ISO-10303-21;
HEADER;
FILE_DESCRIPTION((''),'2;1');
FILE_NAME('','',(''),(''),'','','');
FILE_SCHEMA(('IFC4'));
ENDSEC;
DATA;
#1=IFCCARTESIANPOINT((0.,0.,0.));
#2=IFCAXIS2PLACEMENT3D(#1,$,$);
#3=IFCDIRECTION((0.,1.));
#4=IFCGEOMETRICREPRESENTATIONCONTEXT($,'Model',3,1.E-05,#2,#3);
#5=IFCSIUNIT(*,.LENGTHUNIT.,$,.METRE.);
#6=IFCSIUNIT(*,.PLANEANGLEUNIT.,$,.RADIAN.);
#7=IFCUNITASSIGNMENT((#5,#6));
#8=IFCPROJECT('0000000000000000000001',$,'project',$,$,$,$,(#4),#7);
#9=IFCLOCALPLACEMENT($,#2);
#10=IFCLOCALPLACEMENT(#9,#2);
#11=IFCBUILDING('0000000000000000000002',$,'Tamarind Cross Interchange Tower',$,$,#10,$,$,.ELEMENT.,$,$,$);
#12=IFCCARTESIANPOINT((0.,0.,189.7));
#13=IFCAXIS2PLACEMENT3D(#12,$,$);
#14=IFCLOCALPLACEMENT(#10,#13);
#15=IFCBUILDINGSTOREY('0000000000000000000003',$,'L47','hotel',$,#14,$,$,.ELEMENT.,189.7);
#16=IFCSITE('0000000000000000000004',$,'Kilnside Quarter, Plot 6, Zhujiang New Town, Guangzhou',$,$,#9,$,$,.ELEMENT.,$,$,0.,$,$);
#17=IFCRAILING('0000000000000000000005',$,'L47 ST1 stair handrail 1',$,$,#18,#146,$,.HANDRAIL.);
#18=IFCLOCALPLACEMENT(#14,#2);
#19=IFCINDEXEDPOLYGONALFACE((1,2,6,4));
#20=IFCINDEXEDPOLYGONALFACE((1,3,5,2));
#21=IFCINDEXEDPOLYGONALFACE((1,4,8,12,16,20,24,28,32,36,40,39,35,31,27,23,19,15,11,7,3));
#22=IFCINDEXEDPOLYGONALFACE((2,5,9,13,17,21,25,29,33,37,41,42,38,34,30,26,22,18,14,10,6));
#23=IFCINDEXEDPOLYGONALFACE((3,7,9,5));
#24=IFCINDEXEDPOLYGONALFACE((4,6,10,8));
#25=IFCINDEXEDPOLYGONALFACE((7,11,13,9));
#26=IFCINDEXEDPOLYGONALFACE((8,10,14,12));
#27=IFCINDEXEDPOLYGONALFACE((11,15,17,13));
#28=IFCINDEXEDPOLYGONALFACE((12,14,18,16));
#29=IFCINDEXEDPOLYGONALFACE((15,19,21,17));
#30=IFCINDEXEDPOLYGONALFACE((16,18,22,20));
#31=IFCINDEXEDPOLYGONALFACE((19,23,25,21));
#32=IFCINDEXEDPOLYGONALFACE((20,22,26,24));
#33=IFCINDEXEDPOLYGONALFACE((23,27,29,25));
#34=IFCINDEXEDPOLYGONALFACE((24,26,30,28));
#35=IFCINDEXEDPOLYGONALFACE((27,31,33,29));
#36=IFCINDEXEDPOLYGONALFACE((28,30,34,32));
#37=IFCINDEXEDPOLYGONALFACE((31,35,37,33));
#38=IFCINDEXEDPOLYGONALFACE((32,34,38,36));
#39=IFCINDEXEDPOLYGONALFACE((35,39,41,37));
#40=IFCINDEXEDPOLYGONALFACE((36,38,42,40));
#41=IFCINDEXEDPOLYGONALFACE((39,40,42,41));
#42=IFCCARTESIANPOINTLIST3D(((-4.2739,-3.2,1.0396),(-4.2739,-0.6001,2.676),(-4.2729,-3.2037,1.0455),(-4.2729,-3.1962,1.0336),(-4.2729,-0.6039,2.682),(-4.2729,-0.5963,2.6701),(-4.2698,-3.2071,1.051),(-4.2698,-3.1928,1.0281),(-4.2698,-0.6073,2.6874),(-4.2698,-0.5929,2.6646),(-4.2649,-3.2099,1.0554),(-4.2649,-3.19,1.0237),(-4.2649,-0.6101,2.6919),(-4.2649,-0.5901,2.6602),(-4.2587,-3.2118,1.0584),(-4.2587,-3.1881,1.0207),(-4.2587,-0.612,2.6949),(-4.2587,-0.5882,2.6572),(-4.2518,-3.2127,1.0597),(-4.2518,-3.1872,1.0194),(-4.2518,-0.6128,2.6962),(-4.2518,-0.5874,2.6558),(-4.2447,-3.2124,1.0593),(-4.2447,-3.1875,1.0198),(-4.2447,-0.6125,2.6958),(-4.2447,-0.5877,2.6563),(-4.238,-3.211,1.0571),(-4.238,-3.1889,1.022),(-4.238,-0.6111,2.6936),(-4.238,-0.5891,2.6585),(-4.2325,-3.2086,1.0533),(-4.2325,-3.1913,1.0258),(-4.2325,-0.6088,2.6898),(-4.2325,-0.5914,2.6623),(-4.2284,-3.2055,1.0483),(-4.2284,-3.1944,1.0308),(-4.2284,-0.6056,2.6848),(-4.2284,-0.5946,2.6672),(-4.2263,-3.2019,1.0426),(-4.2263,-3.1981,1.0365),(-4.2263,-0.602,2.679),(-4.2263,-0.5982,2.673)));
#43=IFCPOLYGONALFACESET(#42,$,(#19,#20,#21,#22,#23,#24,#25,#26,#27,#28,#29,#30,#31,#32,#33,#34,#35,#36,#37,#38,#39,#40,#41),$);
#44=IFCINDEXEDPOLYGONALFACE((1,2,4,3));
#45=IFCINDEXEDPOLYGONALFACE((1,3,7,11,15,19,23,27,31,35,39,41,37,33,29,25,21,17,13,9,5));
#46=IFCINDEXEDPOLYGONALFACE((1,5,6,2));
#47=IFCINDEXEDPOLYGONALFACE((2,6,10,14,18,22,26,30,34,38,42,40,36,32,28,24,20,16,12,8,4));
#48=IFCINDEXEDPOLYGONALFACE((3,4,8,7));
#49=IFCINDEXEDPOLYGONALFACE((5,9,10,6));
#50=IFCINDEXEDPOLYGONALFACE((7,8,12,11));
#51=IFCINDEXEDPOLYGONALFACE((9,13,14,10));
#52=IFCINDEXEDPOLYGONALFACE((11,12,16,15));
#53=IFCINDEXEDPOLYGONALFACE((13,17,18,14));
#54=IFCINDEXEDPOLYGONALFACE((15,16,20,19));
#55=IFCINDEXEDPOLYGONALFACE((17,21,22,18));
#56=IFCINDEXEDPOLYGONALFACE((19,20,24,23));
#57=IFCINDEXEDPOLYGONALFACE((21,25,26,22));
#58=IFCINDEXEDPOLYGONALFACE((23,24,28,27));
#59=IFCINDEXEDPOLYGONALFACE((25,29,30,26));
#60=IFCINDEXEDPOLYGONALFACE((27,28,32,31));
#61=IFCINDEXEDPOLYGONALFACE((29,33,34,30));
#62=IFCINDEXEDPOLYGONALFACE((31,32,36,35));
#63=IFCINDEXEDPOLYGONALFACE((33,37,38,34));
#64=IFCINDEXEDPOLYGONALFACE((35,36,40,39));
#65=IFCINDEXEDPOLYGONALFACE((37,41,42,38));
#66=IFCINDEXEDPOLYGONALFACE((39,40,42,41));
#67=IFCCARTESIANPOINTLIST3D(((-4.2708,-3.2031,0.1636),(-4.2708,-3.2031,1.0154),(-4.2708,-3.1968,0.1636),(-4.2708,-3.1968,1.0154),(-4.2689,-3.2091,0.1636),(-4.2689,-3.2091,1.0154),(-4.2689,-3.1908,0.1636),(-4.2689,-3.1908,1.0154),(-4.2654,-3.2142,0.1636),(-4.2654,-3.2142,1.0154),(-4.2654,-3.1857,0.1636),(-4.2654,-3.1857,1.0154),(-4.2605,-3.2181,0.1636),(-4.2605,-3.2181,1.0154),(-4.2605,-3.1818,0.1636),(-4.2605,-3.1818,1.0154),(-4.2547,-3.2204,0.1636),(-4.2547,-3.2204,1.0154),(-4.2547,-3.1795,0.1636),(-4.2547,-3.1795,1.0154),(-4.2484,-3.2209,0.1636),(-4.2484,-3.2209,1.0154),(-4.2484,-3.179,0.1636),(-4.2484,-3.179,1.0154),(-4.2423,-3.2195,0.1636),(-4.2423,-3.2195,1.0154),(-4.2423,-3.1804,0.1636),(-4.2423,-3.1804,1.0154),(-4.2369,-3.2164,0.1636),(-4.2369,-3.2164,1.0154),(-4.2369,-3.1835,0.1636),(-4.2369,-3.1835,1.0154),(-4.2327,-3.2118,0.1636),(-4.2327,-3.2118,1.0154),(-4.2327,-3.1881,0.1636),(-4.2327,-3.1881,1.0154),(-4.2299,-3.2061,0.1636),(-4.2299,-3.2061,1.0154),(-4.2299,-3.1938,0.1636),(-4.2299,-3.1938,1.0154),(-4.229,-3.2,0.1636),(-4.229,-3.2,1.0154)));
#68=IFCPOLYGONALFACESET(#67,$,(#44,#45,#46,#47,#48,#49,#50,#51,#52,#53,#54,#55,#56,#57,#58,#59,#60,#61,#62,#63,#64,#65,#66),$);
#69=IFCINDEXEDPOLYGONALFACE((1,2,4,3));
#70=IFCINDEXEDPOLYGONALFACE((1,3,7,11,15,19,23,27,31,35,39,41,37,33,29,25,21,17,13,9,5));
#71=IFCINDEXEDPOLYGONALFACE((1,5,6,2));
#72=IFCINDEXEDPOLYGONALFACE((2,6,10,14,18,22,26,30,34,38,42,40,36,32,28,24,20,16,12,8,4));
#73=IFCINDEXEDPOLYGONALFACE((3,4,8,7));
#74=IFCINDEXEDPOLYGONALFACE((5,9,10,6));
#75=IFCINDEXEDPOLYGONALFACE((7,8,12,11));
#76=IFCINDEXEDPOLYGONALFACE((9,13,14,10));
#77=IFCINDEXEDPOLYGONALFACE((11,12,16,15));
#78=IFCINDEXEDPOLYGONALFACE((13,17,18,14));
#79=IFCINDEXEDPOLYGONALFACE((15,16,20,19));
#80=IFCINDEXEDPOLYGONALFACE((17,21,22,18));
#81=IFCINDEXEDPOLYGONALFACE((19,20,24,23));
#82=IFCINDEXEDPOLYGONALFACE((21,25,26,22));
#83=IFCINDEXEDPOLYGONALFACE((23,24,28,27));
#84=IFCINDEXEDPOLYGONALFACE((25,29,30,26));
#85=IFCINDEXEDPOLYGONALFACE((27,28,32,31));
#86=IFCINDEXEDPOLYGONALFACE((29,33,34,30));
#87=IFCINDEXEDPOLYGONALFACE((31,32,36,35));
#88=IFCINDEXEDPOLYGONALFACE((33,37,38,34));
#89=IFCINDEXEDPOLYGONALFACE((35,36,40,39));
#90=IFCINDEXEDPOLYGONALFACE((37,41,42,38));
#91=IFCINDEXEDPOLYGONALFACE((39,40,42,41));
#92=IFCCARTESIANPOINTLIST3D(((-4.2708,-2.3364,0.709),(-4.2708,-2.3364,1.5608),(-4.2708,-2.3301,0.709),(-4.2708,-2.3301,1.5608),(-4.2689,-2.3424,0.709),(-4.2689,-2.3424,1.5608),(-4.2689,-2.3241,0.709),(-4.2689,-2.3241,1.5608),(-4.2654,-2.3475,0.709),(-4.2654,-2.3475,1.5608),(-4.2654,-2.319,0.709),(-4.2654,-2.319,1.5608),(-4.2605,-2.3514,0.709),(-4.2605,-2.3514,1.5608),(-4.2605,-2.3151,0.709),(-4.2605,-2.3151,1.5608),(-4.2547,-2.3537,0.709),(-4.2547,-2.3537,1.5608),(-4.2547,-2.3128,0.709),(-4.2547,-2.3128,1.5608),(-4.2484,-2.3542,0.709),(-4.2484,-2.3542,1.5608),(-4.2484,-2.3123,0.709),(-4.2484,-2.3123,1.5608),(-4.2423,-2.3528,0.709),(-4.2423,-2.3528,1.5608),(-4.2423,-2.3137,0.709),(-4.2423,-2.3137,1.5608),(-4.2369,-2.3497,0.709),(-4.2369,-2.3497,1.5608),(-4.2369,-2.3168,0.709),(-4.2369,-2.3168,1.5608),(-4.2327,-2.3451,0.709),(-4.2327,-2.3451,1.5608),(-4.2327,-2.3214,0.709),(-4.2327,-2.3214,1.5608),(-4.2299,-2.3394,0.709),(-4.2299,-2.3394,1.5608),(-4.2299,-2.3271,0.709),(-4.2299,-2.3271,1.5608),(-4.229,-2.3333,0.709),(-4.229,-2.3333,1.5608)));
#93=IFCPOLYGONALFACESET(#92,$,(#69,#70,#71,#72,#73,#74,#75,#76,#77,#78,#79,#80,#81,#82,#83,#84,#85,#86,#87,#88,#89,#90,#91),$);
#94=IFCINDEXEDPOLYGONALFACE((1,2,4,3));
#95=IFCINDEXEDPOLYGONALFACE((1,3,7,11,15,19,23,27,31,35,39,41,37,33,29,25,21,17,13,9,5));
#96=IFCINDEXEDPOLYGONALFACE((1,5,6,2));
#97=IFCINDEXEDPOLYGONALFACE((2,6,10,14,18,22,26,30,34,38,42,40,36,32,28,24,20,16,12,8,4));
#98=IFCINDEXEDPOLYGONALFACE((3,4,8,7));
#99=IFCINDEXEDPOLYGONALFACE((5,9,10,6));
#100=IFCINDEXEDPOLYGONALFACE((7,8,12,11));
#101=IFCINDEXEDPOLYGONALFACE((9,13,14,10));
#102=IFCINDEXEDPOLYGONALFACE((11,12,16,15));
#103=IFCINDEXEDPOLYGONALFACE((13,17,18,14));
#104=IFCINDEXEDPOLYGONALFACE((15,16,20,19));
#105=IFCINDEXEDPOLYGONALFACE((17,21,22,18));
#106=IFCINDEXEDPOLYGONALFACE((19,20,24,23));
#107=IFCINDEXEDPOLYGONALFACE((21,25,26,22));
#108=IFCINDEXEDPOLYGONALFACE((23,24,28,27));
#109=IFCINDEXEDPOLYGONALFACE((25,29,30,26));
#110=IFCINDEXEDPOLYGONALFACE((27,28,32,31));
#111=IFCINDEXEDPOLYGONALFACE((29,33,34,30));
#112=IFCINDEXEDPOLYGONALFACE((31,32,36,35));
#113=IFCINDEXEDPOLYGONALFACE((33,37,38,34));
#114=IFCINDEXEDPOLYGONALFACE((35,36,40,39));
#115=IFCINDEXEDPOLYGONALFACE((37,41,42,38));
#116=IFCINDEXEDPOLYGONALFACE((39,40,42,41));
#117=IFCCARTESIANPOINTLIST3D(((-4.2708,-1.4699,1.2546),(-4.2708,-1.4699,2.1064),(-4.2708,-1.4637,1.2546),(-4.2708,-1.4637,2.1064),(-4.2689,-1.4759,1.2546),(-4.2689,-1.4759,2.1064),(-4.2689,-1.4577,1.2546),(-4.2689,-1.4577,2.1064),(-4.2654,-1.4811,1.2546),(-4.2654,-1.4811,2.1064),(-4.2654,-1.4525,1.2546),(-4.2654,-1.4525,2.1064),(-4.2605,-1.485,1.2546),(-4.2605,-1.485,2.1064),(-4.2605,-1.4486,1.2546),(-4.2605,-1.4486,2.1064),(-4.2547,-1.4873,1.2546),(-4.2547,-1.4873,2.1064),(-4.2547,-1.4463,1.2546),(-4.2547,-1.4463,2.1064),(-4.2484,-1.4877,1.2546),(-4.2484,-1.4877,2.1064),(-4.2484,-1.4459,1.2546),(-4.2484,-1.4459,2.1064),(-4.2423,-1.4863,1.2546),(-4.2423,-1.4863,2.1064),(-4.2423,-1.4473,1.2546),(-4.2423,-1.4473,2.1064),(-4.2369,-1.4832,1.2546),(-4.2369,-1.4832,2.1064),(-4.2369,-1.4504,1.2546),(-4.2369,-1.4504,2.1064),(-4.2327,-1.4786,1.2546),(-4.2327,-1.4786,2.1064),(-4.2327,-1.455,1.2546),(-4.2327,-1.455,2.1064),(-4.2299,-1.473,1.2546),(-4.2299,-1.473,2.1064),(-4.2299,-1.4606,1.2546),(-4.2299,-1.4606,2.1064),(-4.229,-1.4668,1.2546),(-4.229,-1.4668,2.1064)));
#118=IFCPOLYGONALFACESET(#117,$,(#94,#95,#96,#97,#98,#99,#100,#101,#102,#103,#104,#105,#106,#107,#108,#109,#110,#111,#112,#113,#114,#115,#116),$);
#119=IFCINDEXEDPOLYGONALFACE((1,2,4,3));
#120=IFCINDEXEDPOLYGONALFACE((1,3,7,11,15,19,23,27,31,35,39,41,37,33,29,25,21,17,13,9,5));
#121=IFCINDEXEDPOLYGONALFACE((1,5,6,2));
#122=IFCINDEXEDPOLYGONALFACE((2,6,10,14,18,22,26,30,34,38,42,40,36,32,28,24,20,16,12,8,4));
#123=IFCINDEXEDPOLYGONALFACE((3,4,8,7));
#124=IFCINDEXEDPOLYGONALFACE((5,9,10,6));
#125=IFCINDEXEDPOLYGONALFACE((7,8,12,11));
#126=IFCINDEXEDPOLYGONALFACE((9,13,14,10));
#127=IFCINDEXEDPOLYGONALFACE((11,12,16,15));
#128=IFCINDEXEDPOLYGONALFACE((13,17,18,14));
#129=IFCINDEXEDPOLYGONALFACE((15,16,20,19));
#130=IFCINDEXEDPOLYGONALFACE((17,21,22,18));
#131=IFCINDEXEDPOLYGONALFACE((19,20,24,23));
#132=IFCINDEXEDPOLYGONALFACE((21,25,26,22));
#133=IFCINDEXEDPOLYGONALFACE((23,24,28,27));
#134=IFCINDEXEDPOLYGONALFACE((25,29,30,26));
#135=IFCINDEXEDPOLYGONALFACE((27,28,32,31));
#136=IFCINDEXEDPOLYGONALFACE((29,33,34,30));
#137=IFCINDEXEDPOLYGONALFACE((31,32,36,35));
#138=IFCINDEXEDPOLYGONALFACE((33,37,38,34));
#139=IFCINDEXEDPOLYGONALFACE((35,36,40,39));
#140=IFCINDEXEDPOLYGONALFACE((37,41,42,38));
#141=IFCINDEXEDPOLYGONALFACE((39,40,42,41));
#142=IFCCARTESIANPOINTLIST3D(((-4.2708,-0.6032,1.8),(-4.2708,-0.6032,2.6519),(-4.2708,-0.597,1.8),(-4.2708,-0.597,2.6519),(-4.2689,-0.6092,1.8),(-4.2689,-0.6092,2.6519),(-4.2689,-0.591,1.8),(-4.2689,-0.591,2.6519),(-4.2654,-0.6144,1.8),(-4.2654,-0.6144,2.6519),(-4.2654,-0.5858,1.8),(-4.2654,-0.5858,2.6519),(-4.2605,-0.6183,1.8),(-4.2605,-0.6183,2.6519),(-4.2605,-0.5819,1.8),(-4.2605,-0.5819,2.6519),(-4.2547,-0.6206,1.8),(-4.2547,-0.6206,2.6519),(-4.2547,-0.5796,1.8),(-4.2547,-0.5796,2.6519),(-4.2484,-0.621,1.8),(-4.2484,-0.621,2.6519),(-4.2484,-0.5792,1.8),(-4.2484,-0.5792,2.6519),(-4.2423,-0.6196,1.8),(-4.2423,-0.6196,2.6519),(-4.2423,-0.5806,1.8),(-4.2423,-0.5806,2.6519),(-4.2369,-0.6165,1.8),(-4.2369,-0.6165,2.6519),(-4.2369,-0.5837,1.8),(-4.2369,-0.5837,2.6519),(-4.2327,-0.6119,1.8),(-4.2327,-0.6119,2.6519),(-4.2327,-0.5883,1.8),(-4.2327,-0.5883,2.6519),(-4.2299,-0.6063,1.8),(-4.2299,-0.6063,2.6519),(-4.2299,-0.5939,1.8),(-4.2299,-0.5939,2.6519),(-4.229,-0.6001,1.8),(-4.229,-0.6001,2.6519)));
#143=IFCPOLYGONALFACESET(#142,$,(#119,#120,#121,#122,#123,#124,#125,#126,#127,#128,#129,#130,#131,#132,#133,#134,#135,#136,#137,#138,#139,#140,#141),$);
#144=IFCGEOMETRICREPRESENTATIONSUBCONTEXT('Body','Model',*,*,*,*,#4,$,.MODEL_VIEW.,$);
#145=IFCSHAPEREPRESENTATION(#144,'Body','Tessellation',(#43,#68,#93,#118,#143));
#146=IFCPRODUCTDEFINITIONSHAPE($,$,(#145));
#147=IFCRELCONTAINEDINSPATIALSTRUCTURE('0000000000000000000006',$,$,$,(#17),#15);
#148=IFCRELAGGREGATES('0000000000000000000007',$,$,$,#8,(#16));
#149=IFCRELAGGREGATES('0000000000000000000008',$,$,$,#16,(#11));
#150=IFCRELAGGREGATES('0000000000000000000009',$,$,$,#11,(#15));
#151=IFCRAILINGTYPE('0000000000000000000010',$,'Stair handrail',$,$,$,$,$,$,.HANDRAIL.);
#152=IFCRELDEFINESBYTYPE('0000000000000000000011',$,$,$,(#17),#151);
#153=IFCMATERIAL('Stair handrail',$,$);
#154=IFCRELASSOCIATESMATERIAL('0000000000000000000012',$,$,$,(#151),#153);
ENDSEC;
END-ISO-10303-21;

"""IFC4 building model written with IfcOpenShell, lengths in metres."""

from ifc_helpers import new_model, si_unit, direction, frame, origin, origin_2d, place, context, subcontext, project, spatial, circle, extrude, material, type_object, element, save


model = new_model("IFC4")

# Units and contexts
model_context = context("Model", 3, precision=1e-05, world=origin(), true_north=direction((0.0, 1.0)))
body_context = subcontext(model_context, "Body", "Model", "MODEL_VIEW")
ifc_project = project(units=[si_unit("LENGTHUNIT", "METRE"), si_unit("PLANEANGLEUNIT", "RADIAN")], contexts=[model_context])

# Site, building, storey
site_placement = place(None, origin())
site = spatial("IfcSite", under=ifc_project, at=site_placement, Name="Kilnside Quarter, Plot 6, Zhujiang New Town, Guangzhou", CompositionType="ELEMENT", RefElevation=0.0)
building_placement = place(site_placement, origin())
building = spatial("IfcBuilding", under=site, at=building_placement, Name="Tamarind Cross Interchange Tower", CompositionType="ELEMENT")
storey_placement = place(building_placement, frame((0.0, 0.0, 189.7)))
storey = spatial("IfcBuildingStorey", under=building, at=storey_placement, Name="L47", Description="hotel", CompositionType="ELEMENT", Elevation=189.7)

# Railing
ifc_material_1 = material(Name="Stair handrail")
railing_type_1 = type_object("IfcRailingType", Name="Stair handrail", PredefinedType="HANDRAIL", material=ifc_material_1)
railing_1_placement = place(storey_placement, frame((-4.25, -3.2, 0.1636)))
element("IfcRailing", 1, at=railing_1_placement, inside=storey, type_object=railing_type_1, Name="L47 ST1 stair handrail 1", PredefinedType="HANDRAIL", context=body_context, shape_type="SweptSolid", body=[
    extrude(circle(Radius=0.0239, at=origin_2d()), frame((0.0, 0.0, 0.876), z_axis=(0.0, 0.846302, 0.532704), x_axis=(-1.0, 0.0, 0.0)), (0.0, 0.0, 1.0), 3.072),
    extrude(circle(Radius=0.021, at=origin_2d()), origin(), (0.0, 0.0, 1.0), 0.8518),
    extrude(circle(Radius=0.021, at=origin_2d()), frame((0.0, 0.8667, 0.5454)), (0.0, 0.0, 1.0), 0.8518),
    extrude(circle(Radius=0.021, at=origin_2d()), frame((0.0, 1.7332, 1.0911)), (0.0, 0.0, 1.0), 0.8518),
    extrude(circle(Radius=0.021, at=origin_2d()), frame((0.0, 2.5999, 1.6365)), (0.0, 0.0, 1.0), 0.8518),
])

save(model, "model.ifc")
